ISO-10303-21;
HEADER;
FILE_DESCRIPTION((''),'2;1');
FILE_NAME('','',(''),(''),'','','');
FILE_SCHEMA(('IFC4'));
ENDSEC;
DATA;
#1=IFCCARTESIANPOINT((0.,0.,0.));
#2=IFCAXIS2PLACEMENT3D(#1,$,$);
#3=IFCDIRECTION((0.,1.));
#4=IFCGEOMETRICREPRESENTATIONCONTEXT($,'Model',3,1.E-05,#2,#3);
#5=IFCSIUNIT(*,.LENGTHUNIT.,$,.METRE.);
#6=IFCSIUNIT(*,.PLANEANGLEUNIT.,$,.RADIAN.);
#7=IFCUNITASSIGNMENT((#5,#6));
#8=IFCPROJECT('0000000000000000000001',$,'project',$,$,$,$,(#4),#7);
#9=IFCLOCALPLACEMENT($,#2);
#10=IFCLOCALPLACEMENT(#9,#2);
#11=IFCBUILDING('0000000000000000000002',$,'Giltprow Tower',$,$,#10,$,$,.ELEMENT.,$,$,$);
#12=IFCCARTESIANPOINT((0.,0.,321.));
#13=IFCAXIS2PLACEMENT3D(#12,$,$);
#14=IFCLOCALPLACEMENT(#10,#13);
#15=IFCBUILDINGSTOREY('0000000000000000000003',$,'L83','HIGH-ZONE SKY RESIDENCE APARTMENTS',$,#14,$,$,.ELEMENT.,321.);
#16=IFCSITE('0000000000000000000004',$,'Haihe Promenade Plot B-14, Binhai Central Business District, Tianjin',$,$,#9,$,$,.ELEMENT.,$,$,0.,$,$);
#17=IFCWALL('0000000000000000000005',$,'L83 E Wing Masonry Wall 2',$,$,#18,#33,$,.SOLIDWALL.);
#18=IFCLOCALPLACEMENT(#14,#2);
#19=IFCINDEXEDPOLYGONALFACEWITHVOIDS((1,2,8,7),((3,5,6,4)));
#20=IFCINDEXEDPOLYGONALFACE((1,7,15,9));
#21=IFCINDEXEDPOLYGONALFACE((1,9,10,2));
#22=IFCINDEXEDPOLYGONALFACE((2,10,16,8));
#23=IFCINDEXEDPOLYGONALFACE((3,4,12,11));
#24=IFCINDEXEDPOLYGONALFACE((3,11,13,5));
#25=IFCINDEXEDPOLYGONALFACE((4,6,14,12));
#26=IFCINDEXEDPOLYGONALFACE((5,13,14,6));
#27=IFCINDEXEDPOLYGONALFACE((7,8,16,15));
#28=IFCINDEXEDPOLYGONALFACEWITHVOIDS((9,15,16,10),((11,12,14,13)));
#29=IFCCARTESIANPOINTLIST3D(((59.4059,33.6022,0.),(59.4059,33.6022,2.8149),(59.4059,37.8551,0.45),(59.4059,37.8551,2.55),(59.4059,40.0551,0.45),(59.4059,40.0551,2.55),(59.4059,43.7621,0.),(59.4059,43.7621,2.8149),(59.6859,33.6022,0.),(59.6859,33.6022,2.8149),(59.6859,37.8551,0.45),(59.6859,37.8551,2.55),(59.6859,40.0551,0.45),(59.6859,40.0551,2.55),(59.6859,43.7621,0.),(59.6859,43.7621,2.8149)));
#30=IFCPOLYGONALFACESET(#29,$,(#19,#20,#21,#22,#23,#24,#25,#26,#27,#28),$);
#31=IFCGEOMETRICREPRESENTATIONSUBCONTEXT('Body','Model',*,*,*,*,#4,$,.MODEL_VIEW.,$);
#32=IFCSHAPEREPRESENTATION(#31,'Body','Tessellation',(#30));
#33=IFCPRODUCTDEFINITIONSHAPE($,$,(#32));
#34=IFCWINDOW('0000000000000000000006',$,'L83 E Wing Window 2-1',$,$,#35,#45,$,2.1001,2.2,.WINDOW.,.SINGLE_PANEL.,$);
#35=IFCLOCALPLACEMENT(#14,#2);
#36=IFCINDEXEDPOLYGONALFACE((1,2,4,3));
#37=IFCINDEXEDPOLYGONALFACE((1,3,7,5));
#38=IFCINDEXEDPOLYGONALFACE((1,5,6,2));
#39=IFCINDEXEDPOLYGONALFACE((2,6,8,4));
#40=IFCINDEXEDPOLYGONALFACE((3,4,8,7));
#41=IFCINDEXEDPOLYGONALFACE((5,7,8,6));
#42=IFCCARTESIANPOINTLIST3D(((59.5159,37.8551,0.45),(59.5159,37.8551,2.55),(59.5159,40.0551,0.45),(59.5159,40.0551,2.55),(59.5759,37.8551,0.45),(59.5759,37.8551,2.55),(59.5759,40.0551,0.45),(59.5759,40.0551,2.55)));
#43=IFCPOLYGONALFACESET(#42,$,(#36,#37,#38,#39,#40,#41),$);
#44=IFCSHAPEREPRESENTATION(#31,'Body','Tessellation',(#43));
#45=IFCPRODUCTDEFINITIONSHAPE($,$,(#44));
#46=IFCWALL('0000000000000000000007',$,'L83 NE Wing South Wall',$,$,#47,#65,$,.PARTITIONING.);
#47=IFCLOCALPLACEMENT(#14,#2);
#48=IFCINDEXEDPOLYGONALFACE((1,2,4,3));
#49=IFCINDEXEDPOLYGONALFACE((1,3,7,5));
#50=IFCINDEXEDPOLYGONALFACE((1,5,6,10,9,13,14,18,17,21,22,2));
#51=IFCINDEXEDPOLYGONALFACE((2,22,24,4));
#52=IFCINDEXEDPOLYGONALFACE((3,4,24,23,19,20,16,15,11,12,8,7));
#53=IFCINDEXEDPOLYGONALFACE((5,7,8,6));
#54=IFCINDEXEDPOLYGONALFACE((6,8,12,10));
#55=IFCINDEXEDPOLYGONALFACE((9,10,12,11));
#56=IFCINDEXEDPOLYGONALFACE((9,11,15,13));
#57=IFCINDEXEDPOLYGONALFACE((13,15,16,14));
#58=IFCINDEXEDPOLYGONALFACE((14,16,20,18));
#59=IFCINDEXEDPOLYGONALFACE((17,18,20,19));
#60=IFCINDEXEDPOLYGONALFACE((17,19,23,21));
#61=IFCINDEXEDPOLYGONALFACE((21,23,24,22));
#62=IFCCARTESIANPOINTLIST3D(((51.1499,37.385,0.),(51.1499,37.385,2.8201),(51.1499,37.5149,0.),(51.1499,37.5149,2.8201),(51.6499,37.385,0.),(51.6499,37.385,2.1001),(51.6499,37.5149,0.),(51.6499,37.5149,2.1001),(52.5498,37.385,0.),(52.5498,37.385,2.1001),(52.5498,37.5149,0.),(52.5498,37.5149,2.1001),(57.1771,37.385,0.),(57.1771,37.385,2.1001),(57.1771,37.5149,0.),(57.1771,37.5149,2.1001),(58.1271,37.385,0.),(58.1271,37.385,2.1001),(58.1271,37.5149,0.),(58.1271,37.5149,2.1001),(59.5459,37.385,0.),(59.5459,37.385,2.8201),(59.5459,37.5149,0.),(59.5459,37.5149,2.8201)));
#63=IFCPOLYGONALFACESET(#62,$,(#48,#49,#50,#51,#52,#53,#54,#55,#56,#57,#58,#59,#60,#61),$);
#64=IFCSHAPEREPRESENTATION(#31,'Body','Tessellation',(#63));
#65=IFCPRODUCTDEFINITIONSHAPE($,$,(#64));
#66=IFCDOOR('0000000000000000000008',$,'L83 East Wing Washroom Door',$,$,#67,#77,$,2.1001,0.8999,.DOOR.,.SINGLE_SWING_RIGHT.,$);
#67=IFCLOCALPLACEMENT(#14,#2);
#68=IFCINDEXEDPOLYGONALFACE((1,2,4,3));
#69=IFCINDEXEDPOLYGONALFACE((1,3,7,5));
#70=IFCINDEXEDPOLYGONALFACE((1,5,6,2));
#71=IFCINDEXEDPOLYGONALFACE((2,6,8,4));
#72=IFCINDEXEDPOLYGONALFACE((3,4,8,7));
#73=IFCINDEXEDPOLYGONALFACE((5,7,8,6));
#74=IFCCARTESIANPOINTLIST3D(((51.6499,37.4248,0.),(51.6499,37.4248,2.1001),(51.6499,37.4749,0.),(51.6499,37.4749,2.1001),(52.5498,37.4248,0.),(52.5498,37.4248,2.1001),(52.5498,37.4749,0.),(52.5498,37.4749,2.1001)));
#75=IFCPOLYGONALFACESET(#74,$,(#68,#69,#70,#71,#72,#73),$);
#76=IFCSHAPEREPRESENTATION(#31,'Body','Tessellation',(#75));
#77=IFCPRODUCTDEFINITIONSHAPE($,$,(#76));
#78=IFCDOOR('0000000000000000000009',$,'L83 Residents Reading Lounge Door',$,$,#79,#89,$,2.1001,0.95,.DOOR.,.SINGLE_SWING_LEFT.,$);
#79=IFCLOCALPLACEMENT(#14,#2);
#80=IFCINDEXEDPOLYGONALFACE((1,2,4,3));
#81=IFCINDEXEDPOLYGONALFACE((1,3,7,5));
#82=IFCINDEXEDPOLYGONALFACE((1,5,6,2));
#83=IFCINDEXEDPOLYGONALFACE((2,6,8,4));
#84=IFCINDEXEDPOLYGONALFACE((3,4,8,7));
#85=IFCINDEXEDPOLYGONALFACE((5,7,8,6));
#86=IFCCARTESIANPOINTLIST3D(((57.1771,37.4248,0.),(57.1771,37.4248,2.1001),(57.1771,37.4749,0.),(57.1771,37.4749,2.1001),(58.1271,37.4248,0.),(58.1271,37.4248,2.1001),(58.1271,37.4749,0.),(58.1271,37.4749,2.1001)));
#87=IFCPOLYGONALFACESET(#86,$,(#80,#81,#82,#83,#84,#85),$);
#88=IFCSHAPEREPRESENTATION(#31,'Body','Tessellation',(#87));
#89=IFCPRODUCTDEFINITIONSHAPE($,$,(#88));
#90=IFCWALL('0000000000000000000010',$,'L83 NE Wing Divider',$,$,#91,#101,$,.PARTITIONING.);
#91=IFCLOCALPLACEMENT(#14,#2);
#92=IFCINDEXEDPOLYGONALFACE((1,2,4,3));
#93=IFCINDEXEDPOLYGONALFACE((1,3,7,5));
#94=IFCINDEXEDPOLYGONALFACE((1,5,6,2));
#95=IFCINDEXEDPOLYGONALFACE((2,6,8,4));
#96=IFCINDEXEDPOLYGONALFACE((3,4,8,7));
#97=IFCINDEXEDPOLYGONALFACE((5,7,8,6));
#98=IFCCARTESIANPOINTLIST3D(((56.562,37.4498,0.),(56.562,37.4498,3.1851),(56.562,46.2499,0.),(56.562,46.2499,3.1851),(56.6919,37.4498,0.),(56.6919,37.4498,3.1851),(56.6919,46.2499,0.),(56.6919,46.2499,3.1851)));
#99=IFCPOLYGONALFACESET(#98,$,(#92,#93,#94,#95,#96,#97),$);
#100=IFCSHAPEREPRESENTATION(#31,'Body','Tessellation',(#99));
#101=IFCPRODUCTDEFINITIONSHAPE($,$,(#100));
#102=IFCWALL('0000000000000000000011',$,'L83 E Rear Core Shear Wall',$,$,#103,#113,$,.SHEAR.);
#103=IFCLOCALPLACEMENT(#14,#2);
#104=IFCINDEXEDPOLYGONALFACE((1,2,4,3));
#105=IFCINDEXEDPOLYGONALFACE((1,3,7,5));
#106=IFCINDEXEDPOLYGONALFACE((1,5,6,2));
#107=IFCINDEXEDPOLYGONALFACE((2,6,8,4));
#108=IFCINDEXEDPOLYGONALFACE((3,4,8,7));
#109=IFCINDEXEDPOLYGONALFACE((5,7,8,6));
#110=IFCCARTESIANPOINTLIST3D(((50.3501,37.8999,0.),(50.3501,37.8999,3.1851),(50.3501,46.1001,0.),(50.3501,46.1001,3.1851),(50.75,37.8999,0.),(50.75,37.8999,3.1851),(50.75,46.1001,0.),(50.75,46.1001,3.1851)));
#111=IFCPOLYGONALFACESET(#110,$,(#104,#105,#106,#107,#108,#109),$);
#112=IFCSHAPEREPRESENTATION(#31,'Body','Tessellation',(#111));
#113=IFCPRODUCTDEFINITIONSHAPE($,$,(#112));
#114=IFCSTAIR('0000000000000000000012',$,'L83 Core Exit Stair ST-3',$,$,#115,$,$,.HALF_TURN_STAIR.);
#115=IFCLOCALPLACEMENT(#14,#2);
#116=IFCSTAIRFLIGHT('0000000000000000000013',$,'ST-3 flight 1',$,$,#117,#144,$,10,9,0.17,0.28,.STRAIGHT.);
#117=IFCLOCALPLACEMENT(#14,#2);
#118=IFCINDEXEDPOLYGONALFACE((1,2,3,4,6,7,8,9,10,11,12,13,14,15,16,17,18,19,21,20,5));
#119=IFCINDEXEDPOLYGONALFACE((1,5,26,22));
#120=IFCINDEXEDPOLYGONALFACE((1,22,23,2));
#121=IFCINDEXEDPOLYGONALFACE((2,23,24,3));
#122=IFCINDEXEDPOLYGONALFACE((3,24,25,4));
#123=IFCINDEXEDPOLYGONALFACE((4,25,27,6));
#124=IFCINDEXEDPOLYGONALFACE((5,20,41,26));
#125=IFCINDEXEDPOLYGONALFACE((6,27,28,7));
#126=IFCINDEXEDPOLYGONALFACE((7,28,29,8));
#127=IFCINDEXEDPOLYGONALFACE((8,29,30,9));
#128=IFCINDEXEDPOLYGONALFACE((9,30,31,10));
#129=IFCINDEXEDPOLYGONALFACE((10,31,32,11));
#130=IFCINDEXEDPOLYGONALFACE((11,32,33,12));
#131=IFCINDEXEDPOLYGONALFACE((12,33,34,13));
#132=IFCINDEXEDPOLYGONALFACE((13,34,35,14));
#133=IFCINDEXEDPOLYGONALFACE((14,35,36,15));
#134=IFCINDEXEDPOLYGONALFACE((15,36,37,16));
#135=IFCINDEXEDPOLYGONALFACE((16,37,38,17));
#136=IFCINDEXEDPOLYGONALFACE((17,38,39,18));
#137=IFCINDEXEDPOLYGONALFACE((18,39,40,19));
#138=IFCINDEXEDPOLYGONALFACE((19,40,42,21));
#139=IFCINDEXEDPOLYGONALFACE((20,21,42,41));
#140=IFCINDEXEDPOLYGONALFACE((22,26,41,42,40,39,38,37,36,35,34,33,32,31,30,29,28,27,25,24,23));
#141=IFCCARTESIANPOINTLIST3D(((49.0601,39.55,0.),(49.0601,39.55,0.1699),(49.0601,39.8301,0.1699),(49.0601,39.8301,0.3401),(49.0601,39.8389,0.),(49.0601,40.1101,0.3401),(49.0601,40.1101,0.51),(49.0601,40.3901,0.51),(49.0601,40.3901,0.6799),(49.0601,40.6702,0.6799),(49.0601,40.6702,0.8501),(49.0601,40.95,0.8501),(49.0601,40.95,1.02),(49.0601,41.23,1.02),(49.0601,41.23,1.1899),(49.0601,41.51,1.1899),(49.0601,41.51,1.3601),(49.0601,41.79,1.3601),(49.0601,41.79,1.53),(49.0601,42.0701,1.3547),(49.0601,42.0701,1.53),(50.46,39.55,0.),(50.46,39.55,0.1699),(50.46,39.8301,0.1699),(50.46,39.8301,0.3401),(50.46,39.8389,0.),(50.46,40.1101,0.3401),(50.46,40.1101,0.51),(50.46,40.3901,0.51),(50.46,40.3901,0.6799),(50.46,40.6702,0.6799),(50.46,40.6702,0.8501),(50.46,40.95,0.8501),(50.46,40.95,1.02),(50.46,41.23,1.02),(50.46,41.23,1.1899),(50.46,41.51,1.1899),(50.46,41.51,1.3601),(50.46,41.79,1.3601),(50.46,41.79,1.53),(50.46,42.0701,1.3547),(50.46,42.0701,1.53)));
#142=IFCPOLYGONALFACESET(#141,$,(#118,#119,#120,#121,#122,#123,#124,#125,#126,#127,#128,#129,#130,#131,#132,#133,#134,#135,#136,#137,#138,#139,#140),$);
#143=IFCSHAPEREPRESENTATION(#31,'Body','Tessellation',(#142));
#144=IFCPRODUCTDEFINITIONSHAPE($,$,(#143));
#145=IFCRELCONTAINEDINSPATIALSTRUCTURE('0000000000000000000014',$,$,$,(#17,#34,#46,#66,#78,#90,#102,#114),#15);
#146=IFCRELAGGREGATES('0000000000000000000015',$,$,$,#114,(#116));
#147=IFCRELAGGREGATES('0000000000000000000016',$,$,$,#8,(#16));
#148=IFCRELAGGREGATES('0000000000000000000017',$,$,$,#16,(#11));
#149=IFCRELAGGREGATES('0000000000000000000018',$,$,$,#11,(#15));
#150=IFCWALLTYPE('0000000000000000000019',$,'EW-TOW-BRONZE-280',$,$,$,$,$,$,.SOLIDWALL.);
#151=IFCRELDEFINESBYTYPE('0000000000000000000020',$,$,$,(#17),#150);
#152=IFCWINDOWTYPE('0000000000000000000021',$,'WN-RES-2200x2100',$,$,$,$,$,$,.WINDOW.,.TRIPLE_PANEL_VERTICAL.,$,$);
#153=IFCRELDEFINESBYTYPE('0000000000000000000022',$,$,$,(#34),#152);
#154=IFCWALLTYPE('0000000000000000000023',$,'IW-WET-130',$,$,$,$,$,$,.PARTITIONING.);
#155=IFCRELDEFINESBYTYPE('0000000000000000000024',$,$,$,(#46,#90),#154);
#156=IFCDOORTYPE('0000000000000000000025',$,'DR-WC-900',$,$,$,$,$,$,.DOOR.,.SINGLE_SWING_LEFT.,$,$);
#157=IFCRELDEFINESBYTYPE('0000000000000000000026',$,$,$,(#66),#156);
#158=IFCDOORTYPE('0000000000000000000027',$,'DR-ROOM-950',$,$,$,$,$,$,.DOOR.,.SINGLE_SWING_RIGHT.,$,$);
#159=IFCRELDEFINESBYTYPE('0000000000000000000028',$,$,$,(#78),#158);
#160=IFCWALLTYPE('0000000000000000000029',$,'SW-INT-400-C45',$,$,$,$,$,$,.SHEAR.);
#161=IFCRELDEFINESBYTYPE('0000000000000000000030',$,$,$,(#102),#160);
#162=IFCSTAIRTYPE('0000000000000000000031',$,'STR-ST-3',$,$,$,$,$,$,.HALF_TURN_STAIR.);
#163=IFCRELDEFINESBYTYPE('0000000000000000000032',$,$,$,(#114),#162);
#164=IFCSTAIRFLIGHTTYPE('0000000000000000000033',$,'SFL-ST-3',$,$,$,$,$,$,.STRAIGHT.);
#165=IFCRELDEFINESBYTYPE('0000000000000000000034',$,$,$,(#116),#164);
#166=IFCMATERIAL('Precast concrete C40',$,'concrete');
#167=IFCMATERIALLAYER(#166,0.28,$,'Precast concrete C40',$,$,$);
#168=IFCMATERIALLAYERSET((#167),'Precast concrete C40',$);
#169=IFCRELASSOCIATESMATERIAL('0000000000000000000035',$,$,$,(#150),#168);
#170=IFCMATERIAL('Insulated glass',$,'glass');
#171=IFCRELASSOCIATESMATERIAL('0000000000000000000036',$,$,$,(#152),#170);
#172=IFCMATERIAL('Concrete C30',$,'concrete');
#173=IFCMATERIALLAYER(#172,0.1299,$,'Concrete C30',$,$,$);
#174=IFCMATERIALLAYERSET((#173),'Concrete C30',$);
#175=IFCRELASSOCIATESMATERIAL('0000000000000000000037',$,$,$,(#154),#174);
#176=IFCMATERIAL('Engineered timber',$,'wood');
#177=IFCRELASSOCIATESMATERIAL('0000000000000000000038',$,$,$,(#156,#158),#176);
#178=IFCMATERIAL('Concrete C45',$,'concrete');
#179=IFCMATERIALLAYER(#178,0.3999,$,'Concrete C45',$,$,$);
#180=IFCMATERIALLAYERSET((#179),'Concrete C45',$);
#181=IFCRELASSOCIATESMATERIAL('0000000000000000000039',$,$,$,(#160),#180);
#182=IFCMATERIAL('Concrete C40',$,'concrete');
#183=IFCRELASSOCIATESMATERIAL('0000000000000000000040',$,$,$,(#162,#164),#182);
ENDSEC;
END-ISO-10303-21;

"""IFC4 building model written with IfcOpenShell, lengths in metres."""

from ifc_helpers import new_model, si_unit, direction, frame, frame_2d, origin, place, context, subcontext, project, spatial, polyline, rectangle, outline, extrude, source, transform, mapped, material, layer, layer_set, type_object, element, fill, aggregate, save


model = new_model("IFC4")

# Units and contexts
model_context = context("Model", 3, precision=1e-05, world=origin(), true_north=direction((0.0, 1.0)))
body_context = subcontext(model_context, "Body", "Model", "MODEL_VIEW")
ifc_project = project(units=[si_unit("LENGTHUNIT", "METRE"), si_unit("PLANEANGLEUNIT", "RADIAN")], contexts=[model_context])

# Site, building, storey
site_placement = place(None, origin())
site = spatial("IfcSite", under=ifc_project, at=site_placement, Name="Haihe Promenade Plot B-14, Binhai Central Business District, Tianjin", CompositionType="ELEMENT", RefElevation=0.0)
building_placement = place(site_placement, origin())
building = spatial("IfcBuilding", under=site, at=building_placement, Name="Giltprow Tower", CompositionType="ELEMENT")
storey_placement = place(building_placement, frame((0.0, 0.0, 321.0)))
storey = spatial("IfcBuildingStorey", under=building, at=storey_placement, Name="L83", Description="HIGH-ZONE SKY RESIDENCE APARTMENTS", CompositionType="ELEMENT", Elevation=321.0)

# Shared definitions
ifc_material_1 = material(Name="Concrete C45", Category="concrete")

# Wall, opening, window
ifc_material_2 = material(Name="Precast concrete C40", Category="concrete")
ifc_layer_1 = layer(ifc_material_2, 0.28, Name="Precast concrete C40")
ifc_layer_set_1 = layer_set([ifc_layer_1], Name="Precast concrete C40")
wall_type_1 = type_object("IfcWallType", Name="EW-TOW-BRONZE-280", PredefinedType="SOLIDWALL", material=ifc_layer_set_1)
wall_1_placement = place(storey_placement, frame((59.5459, 33.6021, 0.0), z_axis=(0.0, 0.0, 1.0), x_axis=(0.0, 1.0, 0.0)))
wall_1 = element("IfcWall", 1, at=wall_1_placement, inside=storey, type_object=wall_type_1, Name="L83 E Wing Masonry Wall 2", PredefinedType="SOLIDWALL", context=body_context, shape_type="SweptSolid", body=[
    extrude(rectangle(XDim=10.1599, YDim=0.28, at=frame_2d((5.0801, 0.0))), origin(), (0.0, 0.0, 1.0), 2.8149),
])
opening_1_placement = place(wall_1_placement, frame((4.2529, 0.0, 0.45)))
opening_1 = element("IfcOpeningElement", 2, at=opening_1_placement, cuts=wall_1, PredefinedType="OPENING", context=body_context, shape_type="SweptSolid", body=[
    extrude(rectangle(XDim=2.2, YDim=2.1001, at=frame_2d((1.1001, 1.05))), frame((0.0, 0.1499, 0.0), z_axis=(0.0, -1.0, 0.0), x_axis=(1.0, 0.0, 0.0)), (0.0, 0.0, 1.0), 0.3),
])
ifc_material_3 = material(Name="Insulated glass", Category="glass")
window_type = type_object("IfcWindowType", Name="WN-RES-2200x2100", PartitioningType="TRIPLE_PANEL_VERTICAL", PredefinedType="WINDOW", material=ifc_material_3)
shared_shape_1 = source(origin(), body_context, "Body", "SweptSolid", [
    extrude(rectangle(XDim=2.2, YDim=2.1001, at=frame_2d((1.1001, 1.05))), frame((0.0, 0.03, 0.0), z_axis=(0.0, -1.0, 0.0), x_axis=(1.0, 0.0, 0.0)), (0.0, 0.0, 1.0), 0.0601),
])
window_placement = place(opening_1_placement, origin())
window = element("IfcWindow", 3, at=window_placement, inside=storey, type_object=window_type, Name="L83 E Wing Window 2-1", OverallHeight=2.1001, OverallWidth=2.2, PartitioningType="SINGLE_PANEL", PredefinedType="WINDOW", context=body_context, shape_type="MappedRepresentation", body=[
    mapped(shared_shape_1, transform((0.0, 0.0, 0.0), x_axis=(1.0, 0.0, 0.0), y_axis=(0.0, 1.0, 0.0), z_axis=(0.0, 0.0, 1.0), scale=1.0)),
])
fill(opening_1, window)

# Wall, openings, doors
ifc_material_4 = material(Name="Concrete C30", Category="concrete")
ifc_layer_2 = layer(ifc_material_4, 0.1299, Name="Concrete C30")
ifc_layer_set_2 = layer_set([ifc_layer_2], Name="Concrete C30")
wall_type_2 = type_object("IfcWallType", Name="IW-WET-130", PredefinedType="PARTITIONING", material=ifc_layer_set_2)
wall_2_placement = place(storey_placement, frame((51.1499, 37.45, 0.0), z_axis=(0.0, 0.0, 1.0), x_axis=(1.0, 0.0, 0.0)))
wall_2 = element("IfcWall", 4, at=wall_2_placement, inside=storey, type_object=wall_type_2, Name="L83 NE Wing South Wall", PredefinedType="PARTITIONING", context=body_context, shape_type="SweptSolid", body=[
    extrude(rectangle(XDim=8.396, YDim=0.1299, at=frame_2d((4.198, 0.0))), origin(), (0.0, 0.0, 1.0), 2.8201),
])
opening_2_placement = place(wall_2_placement, frame((0.5, 0.0, 0.0)))
opening_2 = element("IfcOpeningElement", 5, at=opening_2_placement, cuts=wall_2, PredefinedType="OPENING", context=body_context, shape_type="SweptSolid", body=[
    extrude(rectangle(XDim=0.8999, YDim=2.1001, at=frame_2d((0.45, 1.05))), frame((0.0, 0.075, 0.0), z_axis=(0.0, -1.0, 0.0), x_axis=(1.0, 0.0, 0.0)), (0.0, 0.0, 1.0), 0.1499),
])
opening_3_placement = place(wall_2_placement, frame((6.0271, 0.0, 0.0)))
opening_3 = element("IfcOpeningElement", 6, at=opening_3_placement, cuts=wall_2, PredefinedType="OPENING", context=body_context, shape_type="SweptSolid", body=[
    extrude(rectangle(XDim=0.95, YDim=2.1001, at=frame_2d((0.4751, 1.05))), frame((0.0, 0.075, 0.0), z_axis=(0.0, -1.0, 0.0), x_axis=(1.0, 0.0, 0.0)), (0.0, 0.0, 1.0), 0.1499),
])
ifc_material_5 = material(Name="Engineered timber", Category="wood")
door_type_1 = type_object("IfcDoorType", Name="DR-WC-900", OperationType="SINGLE_SWING_LEFT", PredefinedType="DOOR", material=ifc_material_5)
shared_shape_2 = source(origin(), body_context, "Body", "SweptSolid", [
    extrude(rectangle(XDim=0.8999, YDim=2.1001, at=frame_2d((0.45, 1.05))), frame((0.0, 0.0249, 0.0), z_axis=(0.0, -1.0, 0.0), x_axis=(1.0, 0.0, 0.0)), (0.0, 0.0, 1.0), 0.05),
])
door_1_placement = place(opening_2_placement, origin())
door_1 = element("IfcDoor", 7, at=door_1_placement, inside=storey, type_object=door_type_1, Name="L83 East Wing Washroom Door", OperationType="SINGLE_SWING_RIGHT", OverallHeight=2.1001, OverallWidth=0.8999, PredefinedType="DOOR", context=body_context, shape_type="MappedRepresentation", body=[
    mapped(shared_shape_2, transform((0.0, 0.0, 0.0), x_axis=(1.0, 0.0, 0.0), y_axis=(0.0, 1.0, 0.0), z_axis=(0.0, 0.0, 1.0), scale=1.0)),
])
fill(opening_2, door_1)
door_type_2 = type_object("IfcDoorType", Name="DR-ROOM-950", OperationType="SINGLE_SWING_RIGHT", PredefinedType="DOOR", material=ifc_material_5)
shared_shape_3 = source(origin(), body_context, "Body", "SweptSolid", [
    extrude(rectangle(XDim=0.95, YDim=2.1001, at=frame_2d((0.4751, 1.05))), frame((0.0, 0.0249, 0.0), z_axis=(0.0, -1.0, 0.0), x_axis=(1.0, 0.0, 0.0)), (0.0, 0.0, 1.0), 0.05),
])
door_2_placement = place(opening_3_placement, origin())
door_2 = element("IfcDoor", 8, at=door_2_placement, inside=storey, type_object=door_type_2, Name="L83 Residents Reading Lounge Door", OperationType="SINGLE_SWING_LEFT", OverallHeight=2.1001, OverallWidth=0.95, PredefinedType="DOOR", context=body_context, shape_type="MappedRepresentation", body=[
    mapped(shared_shape_3, transform((0.0, 0.0, 0.0), x_axis=(1.0, 0.0, 0.0), y_axis=(0.0, 1.0, 0.0), z_axis=(0.0, 0.0, 1.0), scale=1.0)),
])
fill(opening_3, door_2)

# Walls
wall_3_placement = place(storey_placement, frame((56.627, 37.45, 0.0), z_axis=(0.0, 0.0, 1.0), x_axis=(0.0, 1.0, 0.0)))
element("IfcWall", 9, at=wall_3_placement, inside=storey, type_object=wall_type_2, Name="L83 NE Wing Divider", PredefinedType="PARTITIONING", context=body_context, shape_type="SweptSolid", body=[
    extrude(rectangle(XDim=8.8, YDim=0.1299, at=frame_2d((4.3999, 0.0))), origin(), (0.0, 0.0, 1.0), 3.1851),
])
ifc_layer_3 = layer(ifc_material_1, 0.3999, Name="Concrete C45")
ifc_layer_set_3 = layer_set([ifc_layer_3], Name="Concrete C45")
wall_type_3 = type_object("IfcWallType", Name="SW-INT-400-C45", PredefinedType="SHEAR", material=ifc_layer_set_3)
wall_4_placement = place(storey_placement, frame((50.55, 37.8999, 0.0), z_axis=(0.0, 0.0, 1.0), x_axis=(0.0, 1.0, 0.0)))
element("IfcWall", 10, at=wall_4_placement, inside=storey, type_object=wall_type_3, Name="L83 E Rear Core Shear Wall", PredefinedType="SHEAR", context=body_context, shape_type="SweptSolid", body=[
    extrude(rectangle(XDim=8.2002, YDim=0.3999, at=frame_2d((4.1001, 0.0))), origin(), (0.0, 0.0, 1.0), 3.1851),
])

# Stair, stair flight
ifc_material_6 = material(Name="Concrete C40", Category="concrete")
stair_type = type_object("IfcStairType", Name="STR-ST-3", PredefinedType="HALF_TURN_STAIR", material=ifc_material_6)
stair_placement = place(storey_placement, origin())
stair = element("IfcStair", 11, at=stair_placement, inside=storey, type_object=stair_type, Name="L83 Core Exit Stair ST-3", PredefinedType="HALF_TURN_STAIR")
stair_flight_type = type_object("IfcStairFlightType", Name="SFL-ST-3", PredefinedType="STRAIGHT", material=ifc_material_6)
stair_flight_placement = place(storey_placement, frame((49.76, 39.55, 0.0), z_axis=(0.0, 0.0, 1.0), x_axis=(0.0, 1.0, 0.0)))
stair_flight = element("IfcStairFlight", 12, at=stair_flight_placement, type_object=stair_flight_type, Name="ST-3 flight 1", NumberOfRisers=10, NumberOfTreads=9, PredefinedType="STRAIGHT", RiserHeight=0.17, TreadLength=0.28, context=body_context, shape_type="SweptSolid", body=[
    extrude(outline(polyline([(0.0, 0.0), (0.0, 0.1699), (0.28, 0.1699), (0.28, 0.3401), (0.5601, 0.3401), (0.5601, 0.51), (0.8401, 0.51), (0.8401, 0.6799), (1.1201, 0.6799), (1.1201, 0.8501), (1.3999, 0.8501), (1.3999, 1.02), (1.6799, 1.02), (1.6799, 1.1899), (1.96, 1.1899), (1.96, 1.3601), (2.24, 1.3601), (2.24, 1.53), (2.52, 1.53), (2.52, 1.7), (2.52, 1.3547), (0.2888, 0.0), (0.0, 0.0)])), frame((0.0, 0.7, 0.0), z_axis=(0.0, -1.0, 0.0), x_axis=(1.0, 0.0, 0.0)), (0.0, 0.0, 1.0), 1.3999),
])
aggregate(stair, [stair_flight])

save(model, "model.ifc")
